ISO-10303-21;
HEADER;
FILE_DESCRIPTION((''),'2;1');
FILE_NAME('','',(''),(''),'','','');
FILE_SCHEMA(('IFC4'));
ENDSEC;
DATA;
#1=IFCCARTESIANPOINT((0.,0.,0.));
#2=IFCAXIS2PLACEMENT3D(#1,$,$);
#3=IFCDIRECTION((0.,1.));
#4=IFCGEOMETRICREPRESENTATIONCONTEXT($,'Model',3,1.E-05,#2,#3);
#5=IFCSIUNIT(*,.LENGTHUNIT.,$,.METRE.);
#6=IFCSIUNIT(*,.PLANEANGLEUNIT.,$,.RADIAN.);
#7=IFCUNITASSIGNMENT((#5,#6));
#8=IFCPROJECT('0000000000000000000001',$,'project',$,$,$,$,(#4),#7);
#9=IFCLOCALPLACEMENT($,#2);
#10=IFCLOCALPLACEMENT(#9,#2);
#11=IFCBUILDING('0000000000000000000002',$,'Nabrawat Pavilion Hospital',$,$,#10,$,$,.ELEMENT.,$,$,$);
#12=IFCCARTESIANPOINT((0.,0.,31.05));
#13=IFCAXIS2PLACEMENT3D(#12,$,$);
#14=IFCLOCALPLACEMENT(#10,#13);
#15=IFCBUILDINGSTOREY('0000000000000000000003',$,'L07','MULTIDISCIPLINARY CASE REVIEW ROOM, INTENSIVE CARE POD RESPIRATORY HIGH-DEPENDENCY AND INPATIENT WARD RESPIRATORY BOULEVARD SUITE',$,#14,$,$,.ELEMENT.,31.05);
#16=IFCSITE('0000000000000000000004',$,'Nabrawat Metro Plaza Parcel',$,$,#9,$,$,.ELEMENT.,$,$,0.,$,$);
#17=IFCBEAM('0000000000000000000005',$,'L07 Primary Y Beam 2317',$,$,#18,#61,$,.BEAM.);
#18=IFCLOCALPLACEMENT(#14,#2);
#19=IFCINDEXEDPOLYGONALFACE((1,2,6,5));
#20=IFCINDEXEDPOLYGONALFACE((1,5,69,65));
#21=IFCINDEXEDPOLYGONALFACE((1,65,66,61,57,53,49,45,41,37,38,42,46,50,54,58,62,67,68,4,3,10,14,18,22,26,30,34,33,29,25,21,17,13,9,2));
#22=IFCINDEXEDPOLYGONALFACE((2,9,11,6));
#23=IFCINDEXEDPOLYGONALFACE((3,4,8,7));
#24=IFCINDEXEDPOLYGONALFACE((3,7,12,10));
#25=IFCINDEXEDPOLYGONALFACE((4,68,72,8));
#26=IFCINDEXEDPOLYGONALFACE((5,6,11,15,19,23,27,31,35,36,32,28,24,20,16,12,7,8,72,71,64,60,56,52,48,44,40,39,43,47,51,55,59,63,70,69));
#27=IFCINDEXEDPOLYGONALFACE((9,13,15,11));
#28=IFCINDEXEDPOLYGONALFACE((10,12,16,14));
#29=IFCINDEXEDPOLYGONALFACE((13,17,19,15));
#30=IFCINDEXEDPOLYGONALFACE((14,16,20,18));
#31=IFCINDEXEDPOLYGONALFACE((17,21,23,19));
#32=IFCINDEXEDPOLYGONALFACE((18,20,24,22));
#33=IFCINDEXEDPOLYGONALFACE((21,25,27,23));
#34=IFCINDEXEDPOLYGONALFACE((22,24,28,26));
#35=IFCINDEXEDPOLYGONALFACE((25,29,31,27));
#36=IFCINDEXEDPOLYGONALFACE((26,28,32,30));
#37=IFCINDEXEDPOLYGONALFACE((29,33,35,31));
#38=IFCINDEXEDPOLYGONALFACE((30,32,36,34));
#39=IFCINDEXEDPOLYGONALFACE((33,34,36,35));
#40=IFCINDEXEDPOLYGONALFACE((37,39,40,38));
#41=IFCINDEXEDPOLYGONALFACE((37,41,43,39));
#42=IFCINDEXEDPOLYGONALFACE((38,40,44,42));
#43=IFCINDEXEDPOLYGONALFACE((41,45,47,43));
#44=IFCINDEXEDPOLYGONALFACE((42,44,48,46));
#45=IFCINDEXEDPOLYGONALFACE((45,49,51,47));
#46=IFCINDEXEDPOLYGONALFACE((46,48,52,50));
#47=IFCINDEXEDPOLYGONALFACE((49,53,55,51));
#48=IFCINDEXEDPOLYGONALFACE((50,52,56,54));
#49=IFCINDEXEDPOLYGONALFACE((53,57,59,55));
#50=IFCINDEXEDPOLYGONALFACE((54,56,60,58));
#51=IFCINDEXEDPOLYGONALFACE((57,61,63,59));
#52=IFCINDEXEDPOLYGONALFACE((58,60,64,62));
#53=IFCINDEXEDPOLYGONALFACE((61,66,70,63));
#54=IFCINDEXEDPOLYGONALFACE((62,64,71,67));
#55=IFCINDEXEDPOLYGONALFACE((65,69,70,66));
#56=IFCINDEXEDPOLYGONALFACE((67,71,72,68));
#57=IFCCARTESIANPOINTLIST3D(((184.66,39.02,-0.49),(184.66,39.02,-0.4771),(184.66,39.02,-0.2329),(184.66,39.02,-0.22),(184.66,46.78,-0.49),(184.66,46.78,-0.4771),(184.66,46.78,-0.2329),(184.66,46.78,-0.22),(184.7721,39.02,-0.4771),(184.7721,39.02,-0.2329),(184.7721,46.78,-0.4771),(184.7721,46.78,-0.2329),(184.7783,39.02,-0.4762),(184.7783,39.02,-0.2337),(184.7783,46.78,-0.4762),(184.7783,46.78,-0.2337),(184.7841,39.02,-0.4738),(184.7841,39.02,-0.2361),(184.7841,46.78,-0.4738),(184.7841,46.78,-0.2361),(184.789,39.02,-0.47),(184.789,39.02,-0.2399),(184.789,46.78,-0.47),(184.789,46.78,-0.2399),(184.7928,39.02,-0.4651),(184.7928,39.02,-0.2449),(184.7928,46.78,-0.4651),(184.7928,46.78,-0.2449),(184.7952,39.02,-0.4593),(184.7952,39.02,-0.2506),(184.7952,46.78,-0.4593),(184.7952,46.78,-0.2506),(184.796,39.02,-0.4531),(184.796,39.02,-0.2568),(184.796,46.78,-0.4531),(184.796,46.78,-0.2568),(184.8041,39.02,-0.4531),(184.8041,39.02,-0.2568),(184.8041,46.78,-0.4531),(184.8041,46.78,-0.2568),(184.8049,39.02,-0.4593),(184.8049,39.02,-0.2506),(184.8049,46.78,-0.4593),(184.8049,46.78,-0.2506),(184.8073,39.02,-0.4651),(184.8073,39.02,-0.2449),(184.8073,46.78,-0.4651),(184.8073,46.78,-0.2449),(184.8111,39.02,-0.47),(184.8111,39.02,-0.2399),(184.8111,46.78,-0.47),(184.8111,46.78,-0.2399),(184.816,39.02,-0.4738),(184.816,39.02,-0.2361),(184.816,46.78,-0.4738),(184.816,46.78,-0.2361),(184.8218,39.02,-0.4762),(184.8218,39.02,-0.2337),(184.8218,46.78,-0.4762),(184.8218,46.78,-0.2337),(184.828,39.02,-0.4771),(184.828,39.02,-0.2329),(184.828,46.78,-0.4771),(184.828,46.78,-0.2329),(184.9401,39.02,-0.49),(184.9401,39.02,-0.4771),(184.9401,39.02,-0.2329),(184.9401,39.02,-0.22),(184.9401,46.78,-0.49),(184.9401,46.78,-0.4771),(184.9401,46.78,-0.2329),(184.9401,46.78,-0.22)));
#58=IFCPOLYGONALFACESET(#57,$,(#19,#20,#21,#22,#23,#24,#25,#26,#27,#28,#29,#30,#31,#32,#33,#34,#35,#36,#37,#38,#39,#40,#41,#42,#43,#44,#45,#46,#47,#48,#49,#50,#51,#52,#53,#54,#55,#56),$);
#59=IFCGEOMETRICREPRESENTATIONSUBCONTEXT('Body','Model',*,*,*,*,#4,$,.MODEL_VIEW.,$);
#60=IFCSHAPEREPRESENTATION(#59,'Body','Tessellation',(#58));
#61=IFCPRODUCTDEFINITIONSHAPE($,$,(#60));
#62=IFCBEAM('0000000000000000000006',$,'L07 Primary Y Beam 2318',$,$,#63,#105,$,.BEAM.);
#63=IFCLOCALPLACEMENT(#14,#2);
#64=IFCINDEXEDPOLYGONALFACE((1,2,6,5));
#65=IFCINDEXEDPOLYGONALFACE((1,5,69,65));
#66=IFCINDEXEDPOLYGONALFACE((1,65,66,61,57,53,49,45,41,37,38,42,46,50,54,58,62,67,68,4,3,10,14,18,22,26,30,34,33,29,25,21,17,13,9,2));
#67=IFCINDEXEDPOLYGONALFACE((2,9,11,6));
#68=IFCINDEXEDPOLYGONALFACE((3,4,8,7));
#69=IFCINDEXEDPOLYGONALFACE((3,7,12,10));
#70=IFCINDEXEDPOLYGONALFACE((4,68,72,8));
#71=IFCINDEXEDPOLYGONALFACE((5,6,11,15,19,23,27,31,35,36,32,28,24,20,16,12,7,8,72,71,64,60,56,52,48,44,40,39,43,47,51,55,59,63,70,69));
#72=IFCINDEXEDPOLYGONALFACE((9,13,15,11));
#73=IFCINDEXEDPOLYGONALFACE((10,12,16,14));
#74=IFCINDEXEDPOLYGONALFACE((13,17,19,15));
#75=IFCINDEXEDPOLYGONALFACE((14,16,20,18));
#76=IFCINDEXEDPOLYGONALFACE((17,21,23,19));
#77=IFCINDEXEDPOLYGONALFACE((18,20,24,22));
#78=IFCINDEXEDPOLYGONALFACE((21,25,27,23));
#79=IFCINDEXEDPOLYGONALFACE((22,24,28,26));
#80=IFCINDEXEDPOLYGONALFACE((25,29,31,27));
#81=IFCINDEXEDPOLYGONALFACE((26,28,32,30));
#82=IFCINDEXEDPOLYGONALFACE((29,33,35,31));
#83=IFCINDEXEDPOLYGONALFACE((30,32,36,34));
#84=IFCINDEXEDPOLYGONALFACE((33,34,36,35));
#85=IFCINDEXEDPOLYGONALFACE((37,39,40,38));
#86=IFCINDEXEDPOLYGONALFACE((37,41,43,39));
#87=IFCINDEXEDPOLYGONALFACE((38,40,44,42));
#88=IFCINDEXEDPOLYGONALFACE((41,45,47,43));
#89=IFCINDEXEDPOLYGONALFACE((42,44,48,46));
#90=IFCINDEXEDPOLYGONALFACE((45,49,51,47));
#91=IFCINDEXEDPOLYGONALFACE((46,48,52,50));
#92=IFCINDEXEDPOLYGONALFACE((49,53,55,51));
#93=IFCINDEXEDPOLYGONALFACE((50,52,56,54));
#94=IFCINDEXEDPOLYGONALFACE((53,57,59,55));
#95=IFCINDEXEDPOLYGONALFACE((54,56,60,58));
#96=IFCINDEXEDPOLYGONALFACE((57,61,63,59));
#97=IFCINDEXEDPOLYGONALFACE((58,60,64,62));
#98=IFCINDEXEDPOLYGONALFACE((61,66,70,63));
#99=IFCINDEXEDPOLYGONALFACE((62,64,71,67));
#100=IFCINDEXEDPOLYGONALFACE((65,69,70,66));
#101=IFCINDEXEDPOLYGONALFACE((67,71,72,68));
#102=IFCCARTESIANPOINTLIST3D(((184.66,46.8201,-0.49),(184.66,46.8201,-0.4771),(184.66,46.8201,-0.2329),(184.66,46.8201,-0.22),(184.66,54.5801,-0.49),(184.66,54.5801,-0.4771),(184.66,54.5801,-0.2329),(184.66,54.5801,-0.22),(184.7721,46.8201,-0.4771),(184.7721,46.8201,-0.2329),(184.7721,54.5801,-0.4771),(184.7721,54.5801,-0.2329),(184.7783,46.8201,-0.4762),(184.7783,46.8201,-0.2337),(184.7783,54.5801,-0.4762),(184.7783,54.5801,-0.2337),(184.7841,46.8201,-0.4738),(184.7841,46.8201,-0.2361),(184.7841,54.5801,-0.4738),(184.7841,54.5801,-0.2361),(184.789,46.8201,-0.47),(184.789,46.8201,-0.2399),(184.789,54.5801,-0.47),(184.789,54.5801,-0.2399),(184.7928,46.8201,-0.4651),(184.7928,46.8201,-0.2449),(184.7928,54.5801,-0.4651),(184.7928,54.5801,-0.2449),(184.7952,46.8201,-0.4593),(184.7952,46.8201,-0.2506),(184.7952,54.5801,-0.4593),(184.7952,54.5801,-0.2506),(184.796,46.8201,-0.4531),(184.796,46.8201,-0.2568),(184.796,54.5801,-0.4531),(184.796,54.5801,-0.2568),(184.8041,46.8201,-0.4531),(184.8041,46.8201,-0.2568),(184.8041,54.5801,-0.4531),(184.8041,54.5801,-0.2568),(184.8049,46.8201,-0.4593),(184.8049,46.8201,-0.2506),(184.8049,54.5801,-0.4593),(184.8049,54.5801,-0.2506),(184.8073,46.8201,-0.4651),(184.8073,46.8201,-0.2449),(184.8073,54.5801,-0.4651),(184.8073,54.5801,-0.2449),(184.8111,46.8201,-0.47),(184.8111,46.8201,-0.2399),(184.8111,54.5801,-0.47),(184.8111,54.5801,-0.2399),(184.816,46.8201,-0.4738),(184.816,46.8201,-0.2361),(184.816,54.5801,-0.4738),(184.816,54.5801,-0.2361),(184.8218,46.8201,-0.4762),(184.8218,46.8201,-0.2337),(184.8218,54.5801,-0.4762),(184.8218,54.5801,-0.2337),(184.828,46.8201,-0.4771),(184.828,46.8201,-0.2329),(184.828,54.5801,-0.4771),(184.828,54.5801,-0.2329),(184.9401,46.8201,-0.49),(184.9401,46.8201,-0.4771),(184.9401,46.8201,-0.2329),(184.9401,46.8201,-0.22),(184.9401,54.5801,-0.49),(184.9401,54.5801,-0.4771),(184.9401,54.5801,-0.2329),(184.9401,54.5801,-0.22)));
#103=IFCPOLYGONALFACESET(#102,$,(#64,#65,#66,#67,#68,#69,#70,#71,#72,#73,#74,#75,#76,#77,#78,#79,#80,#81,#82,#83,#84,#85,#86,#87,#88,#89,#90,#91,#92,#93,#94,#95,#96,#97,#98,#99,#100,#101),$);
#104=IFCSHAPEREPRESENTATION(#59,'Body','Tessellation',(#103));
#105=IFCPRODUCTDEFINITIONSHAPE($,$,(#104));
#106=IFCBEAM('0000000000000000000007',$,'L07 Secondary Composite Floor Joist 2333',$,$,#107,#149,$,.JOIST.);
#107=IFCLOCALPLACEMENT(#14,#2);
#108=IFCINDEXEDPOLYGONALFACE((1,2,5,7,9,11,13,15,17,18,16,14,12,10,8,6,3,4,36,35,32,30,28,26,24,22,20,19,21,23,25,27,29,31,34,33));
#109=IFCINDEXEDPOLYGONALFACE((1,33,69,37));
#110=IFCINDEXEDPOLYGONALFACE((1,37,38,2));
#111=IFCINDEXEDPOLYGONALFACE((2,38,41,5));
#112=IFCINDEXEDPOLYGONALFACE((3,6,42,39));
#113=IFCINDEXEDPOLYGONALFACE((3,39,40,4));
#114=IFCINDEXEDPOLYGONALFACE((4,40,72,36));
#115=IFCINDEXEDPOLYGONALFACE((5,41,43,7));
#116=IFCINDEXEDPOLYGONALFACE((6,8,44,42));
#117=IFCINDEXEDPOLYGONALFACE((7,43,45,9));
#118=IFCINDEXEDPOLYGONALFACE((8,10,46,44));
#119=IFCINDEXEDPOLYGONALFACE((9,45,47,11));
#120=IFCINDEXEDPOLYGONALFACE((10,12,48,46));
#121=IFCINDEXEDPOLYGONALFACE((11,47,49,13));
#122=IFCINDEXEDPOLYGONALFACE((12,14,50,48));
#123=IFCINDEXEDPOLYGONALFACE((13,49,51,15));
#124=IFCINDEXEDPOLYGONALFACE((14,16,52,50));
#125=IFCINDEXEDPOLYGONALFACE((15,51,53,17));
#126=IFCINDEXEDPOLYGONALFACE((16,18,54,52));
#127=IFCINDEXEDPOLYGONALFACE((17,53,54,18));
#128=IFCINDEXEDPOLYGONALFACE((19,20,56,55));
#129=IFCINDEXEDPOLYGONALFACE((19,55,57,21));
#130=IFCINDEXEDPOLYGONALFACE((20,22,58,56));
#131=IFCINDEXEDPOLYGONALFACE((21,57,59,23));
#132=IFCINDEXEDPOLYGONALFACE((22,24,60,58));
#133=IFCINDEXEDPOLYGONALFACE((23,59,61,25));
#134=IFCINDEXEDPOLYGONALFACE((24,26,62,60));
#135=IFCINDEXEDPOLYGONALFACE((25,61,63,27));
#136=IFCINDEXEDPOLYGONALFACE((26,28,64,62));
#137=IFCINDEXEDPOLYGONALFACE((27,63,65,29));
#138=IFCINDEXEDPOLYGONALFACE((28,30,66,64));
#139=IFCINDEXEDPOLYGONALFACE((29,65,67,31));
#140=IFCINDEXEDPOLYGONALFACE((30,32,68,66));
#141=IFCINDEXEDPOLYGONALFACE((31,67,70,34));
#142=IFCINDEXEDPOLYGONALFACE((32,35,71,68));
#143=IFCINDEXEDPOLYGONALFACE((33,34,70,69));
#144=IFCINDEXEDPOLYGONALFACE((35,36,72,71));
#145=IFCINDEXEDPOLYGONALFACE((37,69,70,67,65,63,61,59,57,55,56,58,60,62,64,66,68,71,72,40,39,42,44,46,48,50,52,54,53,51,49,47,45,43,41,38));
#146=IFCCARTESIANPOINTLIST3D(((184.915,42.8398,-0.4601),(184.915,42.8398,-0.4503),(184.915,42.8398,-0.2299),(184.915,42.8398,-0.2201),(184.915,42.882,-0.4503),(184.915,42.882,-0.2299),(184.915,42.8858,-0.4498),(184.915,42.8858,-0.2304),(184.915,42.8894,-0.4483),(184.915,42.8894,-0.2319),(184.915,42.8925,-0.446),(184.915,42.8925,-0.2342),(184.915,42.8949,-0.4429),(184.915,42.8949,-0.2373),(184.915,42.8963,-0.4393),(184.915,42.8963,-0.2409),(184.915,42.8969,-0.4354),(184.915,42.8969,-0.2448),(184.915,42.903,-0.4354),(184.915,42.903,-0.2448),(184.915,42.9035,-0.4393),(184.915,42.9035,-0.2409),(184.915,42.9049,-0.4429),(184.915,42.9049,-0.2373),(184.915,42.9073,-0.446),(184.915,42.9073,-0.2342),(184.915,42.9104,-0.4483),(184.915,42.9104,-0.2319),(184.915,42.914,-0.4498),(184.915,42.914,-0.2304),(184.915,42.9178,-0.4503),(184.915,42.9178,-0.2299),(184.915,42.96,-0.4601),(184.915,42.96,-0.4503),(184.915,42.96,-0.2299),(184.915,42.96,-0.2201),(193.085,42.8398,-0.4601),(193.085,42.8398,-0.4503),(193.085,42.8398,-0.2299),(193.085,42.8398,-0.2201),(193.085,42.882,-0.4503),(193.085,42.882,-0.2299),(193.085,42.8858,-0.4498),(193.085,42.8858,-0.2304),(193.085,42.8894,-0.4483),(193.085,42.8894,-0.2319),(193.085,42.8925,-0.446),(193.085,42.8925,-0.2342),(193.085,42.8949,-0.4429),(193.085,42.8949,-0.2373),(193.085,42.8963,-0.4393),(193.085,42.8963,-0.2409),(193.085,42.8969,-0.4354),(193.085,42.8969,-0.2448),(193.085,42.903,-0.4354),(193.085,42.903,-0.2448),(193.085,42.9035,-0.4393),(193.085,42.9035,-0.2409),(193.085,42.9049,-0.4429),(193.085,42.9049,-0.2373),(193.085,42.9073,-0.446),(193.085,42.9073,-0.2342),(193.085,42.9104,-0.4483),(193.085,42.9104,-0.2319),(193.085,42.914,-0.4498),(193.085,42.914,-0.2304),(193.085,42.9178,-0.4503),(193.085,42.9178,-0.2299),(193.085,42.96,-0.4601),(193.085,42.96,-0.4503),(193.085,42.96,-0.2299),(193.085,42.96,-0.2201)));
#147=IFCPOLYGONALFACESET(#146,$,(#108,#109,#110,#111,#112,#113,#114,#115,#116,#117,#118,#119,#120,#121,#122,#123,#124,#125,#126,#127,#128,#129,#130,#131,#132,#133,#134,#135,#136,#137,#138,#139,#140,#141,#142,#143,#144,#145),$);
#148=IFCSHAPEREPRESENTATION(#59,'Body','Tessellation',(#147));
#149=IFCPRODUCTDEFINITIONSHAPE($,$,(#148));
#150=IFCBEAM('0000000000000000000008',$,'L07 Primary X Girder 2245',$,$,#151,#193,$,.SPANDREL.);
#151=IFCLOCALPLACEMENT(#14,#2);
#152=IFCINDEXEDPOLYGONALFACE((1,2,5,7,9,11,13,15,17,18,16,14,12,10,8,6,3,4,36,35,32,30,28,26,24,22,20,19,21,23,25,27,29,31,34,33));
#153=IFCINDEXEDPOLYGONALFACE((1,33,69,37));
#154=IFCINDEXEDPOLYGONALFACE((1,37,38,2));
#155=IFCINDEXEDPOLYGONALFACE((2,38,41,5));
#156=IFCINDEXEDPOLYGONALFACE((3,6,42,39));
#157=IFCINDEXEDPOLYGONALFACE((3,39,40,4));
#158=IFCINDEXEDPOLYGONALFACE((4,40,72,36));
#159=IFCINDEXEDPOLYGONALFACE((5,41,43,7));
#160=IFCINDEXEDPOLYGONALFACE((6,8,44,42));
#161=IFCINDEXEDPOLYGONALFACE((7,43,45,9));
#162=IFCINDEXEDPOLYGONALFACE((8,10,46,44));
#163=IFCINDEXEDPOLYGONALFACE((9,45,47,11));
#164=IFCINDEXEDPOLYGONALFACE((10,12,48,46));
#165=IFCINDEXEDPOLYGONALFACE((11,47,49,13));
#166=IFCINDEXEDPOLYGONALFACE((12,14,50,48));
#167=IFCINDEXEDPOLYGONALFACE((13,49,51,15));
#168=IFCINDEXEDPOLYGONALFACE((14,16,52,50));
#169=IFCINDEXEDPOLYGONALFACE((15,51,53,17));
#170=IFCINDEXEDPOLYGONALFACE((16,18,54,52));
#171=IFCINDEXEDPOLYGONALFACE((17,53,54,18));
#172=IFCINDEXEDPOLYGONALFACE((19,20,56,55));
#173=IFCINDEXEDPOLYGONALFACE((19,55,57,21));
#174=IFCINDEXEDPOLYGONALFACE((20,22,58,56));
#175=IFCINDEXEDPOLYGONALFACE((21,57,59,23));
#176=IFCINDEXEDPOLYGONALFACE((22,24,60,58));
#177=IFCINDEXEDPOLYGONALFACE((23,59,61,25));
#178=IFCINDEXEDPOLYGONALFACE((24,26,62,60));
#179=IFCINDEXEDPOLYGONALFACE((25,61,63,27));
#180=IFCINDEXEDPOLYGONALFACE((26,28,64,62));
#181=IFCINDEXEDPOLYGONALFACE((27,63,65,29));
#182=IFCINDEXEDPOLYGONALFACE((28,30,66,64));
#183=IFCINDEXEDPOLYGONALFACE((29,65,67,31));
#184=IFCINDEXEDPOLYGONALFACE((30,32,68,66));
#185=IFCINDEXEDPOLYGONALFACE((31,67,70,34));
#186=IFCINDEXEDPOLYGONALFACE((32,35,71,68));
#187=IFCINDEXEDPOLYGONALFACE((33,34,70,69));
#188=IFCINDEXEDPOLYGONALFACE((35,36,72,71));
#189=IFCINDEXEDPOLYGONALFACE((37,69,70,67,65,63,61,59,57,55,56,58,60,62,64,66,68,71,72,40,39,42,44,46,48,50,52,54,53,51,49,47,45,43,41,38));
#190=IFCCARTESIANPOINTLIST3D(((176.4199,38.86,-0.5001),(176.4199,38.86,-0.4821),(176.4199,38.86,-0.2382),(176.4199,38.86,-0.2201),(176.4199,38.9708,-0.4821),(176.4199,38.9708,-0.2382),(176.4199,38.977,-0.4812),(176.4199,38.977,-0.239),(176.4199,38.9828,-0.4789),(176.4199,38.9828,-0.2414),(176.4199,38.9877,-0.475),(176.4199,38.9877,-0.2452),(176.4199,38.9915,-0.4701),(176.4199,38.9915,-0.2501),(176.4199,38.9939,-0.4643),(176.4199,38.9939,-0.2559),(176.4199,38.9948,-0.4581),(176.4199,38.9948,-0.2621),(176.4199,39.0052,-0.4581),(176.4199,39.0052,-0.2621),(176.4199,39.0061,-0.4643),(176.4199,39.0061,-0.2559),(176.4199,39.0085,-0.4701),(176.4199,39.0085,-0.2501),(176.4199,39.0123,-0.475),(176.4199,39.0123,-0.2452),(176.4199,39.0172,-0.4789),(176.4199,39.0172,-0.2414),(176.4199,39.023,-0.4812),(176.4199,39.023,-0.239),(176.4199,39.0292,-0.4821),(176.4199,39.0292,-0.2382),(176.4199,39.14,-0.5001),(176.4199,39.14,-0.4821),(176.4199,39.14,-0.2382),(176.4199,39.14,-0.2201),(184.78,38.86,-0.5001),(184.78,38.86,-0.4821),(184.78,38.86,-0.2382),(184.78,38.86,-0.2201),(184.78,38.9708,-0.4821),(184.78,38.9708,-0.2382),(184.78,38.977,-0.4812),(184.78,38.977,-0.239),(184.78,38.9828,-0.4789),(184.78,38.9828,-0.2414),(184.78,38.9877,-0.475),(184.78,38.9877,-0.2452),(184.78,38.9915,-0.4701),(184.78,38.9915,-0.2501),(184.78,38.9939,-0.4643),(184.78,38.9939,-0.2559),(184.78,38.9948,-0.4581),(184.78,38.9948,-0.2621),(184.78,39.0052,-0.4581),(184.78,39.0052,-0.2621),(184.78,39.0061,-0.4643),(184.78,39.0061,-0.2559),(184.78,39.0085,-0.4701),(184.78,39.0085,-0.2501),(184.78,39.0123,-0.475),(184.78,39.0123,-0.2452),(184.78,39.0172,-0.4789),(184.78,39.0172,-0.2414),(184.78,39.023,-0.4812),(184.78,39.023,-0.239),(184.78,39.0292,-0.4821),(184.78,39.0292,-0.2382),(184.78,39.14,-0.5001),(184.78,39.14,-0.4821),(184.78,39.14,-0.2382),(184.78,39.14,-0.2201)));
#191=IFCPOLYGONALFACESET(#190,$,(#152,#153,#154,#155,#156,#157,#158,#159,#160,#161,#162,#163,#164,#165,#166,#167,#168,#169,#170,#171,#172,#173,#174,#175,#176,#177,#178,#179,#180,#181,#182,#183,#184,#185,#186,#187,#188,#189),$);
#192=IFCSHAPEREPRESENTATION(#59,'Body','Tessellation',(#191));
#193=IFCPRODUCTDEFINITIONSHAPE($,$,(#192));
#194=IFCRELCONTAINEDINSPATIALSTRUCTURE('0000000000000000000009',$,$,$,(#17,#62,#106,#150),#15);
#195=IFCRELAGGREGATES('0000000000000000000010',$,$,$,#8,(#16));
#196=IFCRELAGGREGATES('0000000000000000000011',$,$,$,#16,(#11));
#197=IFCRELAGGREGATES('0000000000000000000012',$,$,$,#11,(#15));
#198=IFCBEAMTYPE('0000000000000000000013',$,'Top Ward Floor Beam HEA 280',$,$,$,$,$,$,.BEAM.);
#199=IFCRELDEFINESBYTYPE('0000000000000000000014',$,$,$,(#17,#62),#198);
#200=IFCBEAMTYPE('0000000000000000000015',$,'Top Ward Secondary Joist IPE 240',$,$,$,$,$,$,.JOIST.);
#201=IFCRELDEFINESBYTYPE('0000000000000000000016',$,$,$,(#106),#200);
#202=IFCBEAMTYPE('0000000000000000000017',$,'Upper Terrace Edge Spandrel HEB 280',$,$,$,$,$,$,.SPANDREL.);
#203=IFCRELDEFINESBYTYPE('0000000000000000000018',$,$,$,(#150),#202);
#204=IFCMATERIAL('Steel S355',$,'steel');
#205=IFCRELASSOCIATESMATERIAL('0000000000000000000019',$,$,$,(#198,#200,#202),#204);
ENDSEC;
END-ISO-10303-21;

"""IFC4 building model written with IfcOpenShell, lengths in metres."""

from ifc_helpers import new_model, si_unit, direction, frame, origin, origin_2d, place, context, subcontext, project, spatial, i_section, extrude, material, material_profile, profile_set, type_object, element, save


model = new_model("IFC4")

# Units and contexts
model_context = context("Model", 3, precision=1e-05, world=origin(), true_north=direction((0.0, 1.0)))
body_context = subcontext(model_context, "Body", "Model", "MODEL_VIEW")
ifc_project = project(units=[si_unit("LENGTHUNIT", "METRE"), si_unit("PLANEANGLEUNIT", "RADIAN")], contexts=[model_context])

# Site, building, storey
site_placement = place(None, origin())
site = spatial("IfcSite", under=ifc_project, at=site_placement, Name="Nabrawat Metro Plaza Parcel", CompositionType="ELEMENT", RefElevation=0.0)
building_placement = place(site_placement, origin())
building = spatial("IfcBuilding", under=site, at=building_placement, Name="Nabrawat Pavilion Hospital", CompositionType="ELEMENT")
storey_placement = place(building_placement, frame((0.0, 0.0, 31.05)))
storey = spatial("IfcBuildingStorey", under=building, at=storey_placement, Name="L07", Description="MULTIDISCIPLINARY CASE REVIEW ROOM, INTENSIVE CARE POD RESPIRATORY HIGH-DEPENDENCY AND INPATIENT WARD RESPIRATORY BOULEVARD SUITE", CompositionType="ELEMENT", Elevation=31.05)

# Shared definitions
ifc_material_1 = material(Name="Steel S355", Category="steel")

# Beams
ifc_material_profile_1 = material_profile(ifc_material_1, i_section(OverallWidth=0.28, OverallDepth=0.27, WebThickness=0.0081, FlangeThickness=0.0129, FilletRadius=0.0239, at=origin_2d()), Name="HEA 280")
ifc_profile_set_1 = profile_set([ifc_material_profile_1], Name="Steel S355")
beam_type_1 = type_object("IfcBeamType", Name="Top Ward Floor Beam HEA 280", PredefinedType="BEAM", material=ifc_profile_set_1)
for number, where, z_axis, x_axis, name in (
    (1, (184.8, 39.02, -0.355), (0.0, 1.0, 0.0), (-1.0, 0.0, 0.0), "L07 Primary Y Beam 2317"),
    (2, (184.8, 46.8201, -0.355), (0.0, 1.0, 0.0), (-1.0, 0.0, 0.0), "L07 Primary Y Beam 2318"),
):
    element("IfcBeam", number, at=place(storey_placement, frame(where, z_axis=z_axis, x_axis=x_axis)), inside=storey, type_object=beam_type_1, Name=name, PredefinedType="BEAM", context=body_context, shape_type="SweptSolid", body=[
        extrude(i_section(OverallWidth=0.28, OverallDepth=0.27, WebThickness=0.0081, FlangeThickness=0.0129, FilletRadius=0.0239, at=origin_2d()), origin(), (0.0, 0.0, 1.0), 7.76),
    ])
ifc_material_profile_2 = material_profile(ifc_material_1, i_section(OverallWidth=0.1201, OverallDepth=0.24, WebThickness=0.0061, FlangeThickness=0.0098, FilletRadius=0.0149, at=origin_2d()), Name="IPE 240")
ifc_profile_set_2 = profile_set([ifc_material_profile_2], Name="Steel S355")
beam_type_2 = type_object("IfcBeamType", Name="Top Ward Secondary Joist IPE 240", PredefinedType="JOIST", material=ifc_profile_set_2)
beam_1_placement = place(storey_placement, frame((184.915, 42.8999, -0.3401), z_axis=(1.0, 0.0, 0.0), x_axis=(0.0, 1.0, 0.0)))
element("IfcBeam", 3, at=beam_1_placement, inside=storey, type_object=beam_type_2, Name="L07 Secondary Composite Floor Joist 2333", PredefinedType="JOIST", context=body_context, shape_type="SweptSolid", body=[
    extrude(i_section(OverallWidth=0.1201, OverallDepth=0.24, WebThickness=0.0061, FlangeThickness=0.0098, FilletRadius=0.0149, at=origin_2d()), origin(), (0.0, 0.0, 1.0), 8.1699),
])
ifc_material_profile_3 = material_profile(ifc_material_1, i_section(OverallWidth=0.28, OverallDepth=0.28, WebThickness=0.0105, FlangeThickness=0.0181, FilletRadius=0.0239, at=origin_2d()), Name="HEB 280")
ifc_profile_set_3 = profile_set([ifc_material_profile_3], Name="Steel S355")
beam_type_3 = type_object("IfcBeamType", Name="Upper Terrace Edge Spandrel HEB 280", PredefinedType="SPANDREL", material=ifc_profile_set_3)
beam_2_placement = place(storey_placement, frame((176.4199, 39.0, -0.3601), z_axis=(1.0, 0.0, 0.0), x_axis=(0.0, 1.0, 0.0)))
element("IfcBeam", 4, at=beam_2_placement, inside=storey, type_object=beam_type_3, Name="L07 Primary X Girder 2245", PredefinedType="SPANDREL", context=body_context, shape_type="SweptSolid", body=[
    extrude(i_section(OverallWidth=0.28, OverallDepth=0.28, WebThickness=0.0105, FlangeThickness=0.0181, FilletRadius=0.0239, at=origin_2d()), origin(), (0.0, 0.0, 1.0), 8.3601),
])

save(model, "model.ifc")
